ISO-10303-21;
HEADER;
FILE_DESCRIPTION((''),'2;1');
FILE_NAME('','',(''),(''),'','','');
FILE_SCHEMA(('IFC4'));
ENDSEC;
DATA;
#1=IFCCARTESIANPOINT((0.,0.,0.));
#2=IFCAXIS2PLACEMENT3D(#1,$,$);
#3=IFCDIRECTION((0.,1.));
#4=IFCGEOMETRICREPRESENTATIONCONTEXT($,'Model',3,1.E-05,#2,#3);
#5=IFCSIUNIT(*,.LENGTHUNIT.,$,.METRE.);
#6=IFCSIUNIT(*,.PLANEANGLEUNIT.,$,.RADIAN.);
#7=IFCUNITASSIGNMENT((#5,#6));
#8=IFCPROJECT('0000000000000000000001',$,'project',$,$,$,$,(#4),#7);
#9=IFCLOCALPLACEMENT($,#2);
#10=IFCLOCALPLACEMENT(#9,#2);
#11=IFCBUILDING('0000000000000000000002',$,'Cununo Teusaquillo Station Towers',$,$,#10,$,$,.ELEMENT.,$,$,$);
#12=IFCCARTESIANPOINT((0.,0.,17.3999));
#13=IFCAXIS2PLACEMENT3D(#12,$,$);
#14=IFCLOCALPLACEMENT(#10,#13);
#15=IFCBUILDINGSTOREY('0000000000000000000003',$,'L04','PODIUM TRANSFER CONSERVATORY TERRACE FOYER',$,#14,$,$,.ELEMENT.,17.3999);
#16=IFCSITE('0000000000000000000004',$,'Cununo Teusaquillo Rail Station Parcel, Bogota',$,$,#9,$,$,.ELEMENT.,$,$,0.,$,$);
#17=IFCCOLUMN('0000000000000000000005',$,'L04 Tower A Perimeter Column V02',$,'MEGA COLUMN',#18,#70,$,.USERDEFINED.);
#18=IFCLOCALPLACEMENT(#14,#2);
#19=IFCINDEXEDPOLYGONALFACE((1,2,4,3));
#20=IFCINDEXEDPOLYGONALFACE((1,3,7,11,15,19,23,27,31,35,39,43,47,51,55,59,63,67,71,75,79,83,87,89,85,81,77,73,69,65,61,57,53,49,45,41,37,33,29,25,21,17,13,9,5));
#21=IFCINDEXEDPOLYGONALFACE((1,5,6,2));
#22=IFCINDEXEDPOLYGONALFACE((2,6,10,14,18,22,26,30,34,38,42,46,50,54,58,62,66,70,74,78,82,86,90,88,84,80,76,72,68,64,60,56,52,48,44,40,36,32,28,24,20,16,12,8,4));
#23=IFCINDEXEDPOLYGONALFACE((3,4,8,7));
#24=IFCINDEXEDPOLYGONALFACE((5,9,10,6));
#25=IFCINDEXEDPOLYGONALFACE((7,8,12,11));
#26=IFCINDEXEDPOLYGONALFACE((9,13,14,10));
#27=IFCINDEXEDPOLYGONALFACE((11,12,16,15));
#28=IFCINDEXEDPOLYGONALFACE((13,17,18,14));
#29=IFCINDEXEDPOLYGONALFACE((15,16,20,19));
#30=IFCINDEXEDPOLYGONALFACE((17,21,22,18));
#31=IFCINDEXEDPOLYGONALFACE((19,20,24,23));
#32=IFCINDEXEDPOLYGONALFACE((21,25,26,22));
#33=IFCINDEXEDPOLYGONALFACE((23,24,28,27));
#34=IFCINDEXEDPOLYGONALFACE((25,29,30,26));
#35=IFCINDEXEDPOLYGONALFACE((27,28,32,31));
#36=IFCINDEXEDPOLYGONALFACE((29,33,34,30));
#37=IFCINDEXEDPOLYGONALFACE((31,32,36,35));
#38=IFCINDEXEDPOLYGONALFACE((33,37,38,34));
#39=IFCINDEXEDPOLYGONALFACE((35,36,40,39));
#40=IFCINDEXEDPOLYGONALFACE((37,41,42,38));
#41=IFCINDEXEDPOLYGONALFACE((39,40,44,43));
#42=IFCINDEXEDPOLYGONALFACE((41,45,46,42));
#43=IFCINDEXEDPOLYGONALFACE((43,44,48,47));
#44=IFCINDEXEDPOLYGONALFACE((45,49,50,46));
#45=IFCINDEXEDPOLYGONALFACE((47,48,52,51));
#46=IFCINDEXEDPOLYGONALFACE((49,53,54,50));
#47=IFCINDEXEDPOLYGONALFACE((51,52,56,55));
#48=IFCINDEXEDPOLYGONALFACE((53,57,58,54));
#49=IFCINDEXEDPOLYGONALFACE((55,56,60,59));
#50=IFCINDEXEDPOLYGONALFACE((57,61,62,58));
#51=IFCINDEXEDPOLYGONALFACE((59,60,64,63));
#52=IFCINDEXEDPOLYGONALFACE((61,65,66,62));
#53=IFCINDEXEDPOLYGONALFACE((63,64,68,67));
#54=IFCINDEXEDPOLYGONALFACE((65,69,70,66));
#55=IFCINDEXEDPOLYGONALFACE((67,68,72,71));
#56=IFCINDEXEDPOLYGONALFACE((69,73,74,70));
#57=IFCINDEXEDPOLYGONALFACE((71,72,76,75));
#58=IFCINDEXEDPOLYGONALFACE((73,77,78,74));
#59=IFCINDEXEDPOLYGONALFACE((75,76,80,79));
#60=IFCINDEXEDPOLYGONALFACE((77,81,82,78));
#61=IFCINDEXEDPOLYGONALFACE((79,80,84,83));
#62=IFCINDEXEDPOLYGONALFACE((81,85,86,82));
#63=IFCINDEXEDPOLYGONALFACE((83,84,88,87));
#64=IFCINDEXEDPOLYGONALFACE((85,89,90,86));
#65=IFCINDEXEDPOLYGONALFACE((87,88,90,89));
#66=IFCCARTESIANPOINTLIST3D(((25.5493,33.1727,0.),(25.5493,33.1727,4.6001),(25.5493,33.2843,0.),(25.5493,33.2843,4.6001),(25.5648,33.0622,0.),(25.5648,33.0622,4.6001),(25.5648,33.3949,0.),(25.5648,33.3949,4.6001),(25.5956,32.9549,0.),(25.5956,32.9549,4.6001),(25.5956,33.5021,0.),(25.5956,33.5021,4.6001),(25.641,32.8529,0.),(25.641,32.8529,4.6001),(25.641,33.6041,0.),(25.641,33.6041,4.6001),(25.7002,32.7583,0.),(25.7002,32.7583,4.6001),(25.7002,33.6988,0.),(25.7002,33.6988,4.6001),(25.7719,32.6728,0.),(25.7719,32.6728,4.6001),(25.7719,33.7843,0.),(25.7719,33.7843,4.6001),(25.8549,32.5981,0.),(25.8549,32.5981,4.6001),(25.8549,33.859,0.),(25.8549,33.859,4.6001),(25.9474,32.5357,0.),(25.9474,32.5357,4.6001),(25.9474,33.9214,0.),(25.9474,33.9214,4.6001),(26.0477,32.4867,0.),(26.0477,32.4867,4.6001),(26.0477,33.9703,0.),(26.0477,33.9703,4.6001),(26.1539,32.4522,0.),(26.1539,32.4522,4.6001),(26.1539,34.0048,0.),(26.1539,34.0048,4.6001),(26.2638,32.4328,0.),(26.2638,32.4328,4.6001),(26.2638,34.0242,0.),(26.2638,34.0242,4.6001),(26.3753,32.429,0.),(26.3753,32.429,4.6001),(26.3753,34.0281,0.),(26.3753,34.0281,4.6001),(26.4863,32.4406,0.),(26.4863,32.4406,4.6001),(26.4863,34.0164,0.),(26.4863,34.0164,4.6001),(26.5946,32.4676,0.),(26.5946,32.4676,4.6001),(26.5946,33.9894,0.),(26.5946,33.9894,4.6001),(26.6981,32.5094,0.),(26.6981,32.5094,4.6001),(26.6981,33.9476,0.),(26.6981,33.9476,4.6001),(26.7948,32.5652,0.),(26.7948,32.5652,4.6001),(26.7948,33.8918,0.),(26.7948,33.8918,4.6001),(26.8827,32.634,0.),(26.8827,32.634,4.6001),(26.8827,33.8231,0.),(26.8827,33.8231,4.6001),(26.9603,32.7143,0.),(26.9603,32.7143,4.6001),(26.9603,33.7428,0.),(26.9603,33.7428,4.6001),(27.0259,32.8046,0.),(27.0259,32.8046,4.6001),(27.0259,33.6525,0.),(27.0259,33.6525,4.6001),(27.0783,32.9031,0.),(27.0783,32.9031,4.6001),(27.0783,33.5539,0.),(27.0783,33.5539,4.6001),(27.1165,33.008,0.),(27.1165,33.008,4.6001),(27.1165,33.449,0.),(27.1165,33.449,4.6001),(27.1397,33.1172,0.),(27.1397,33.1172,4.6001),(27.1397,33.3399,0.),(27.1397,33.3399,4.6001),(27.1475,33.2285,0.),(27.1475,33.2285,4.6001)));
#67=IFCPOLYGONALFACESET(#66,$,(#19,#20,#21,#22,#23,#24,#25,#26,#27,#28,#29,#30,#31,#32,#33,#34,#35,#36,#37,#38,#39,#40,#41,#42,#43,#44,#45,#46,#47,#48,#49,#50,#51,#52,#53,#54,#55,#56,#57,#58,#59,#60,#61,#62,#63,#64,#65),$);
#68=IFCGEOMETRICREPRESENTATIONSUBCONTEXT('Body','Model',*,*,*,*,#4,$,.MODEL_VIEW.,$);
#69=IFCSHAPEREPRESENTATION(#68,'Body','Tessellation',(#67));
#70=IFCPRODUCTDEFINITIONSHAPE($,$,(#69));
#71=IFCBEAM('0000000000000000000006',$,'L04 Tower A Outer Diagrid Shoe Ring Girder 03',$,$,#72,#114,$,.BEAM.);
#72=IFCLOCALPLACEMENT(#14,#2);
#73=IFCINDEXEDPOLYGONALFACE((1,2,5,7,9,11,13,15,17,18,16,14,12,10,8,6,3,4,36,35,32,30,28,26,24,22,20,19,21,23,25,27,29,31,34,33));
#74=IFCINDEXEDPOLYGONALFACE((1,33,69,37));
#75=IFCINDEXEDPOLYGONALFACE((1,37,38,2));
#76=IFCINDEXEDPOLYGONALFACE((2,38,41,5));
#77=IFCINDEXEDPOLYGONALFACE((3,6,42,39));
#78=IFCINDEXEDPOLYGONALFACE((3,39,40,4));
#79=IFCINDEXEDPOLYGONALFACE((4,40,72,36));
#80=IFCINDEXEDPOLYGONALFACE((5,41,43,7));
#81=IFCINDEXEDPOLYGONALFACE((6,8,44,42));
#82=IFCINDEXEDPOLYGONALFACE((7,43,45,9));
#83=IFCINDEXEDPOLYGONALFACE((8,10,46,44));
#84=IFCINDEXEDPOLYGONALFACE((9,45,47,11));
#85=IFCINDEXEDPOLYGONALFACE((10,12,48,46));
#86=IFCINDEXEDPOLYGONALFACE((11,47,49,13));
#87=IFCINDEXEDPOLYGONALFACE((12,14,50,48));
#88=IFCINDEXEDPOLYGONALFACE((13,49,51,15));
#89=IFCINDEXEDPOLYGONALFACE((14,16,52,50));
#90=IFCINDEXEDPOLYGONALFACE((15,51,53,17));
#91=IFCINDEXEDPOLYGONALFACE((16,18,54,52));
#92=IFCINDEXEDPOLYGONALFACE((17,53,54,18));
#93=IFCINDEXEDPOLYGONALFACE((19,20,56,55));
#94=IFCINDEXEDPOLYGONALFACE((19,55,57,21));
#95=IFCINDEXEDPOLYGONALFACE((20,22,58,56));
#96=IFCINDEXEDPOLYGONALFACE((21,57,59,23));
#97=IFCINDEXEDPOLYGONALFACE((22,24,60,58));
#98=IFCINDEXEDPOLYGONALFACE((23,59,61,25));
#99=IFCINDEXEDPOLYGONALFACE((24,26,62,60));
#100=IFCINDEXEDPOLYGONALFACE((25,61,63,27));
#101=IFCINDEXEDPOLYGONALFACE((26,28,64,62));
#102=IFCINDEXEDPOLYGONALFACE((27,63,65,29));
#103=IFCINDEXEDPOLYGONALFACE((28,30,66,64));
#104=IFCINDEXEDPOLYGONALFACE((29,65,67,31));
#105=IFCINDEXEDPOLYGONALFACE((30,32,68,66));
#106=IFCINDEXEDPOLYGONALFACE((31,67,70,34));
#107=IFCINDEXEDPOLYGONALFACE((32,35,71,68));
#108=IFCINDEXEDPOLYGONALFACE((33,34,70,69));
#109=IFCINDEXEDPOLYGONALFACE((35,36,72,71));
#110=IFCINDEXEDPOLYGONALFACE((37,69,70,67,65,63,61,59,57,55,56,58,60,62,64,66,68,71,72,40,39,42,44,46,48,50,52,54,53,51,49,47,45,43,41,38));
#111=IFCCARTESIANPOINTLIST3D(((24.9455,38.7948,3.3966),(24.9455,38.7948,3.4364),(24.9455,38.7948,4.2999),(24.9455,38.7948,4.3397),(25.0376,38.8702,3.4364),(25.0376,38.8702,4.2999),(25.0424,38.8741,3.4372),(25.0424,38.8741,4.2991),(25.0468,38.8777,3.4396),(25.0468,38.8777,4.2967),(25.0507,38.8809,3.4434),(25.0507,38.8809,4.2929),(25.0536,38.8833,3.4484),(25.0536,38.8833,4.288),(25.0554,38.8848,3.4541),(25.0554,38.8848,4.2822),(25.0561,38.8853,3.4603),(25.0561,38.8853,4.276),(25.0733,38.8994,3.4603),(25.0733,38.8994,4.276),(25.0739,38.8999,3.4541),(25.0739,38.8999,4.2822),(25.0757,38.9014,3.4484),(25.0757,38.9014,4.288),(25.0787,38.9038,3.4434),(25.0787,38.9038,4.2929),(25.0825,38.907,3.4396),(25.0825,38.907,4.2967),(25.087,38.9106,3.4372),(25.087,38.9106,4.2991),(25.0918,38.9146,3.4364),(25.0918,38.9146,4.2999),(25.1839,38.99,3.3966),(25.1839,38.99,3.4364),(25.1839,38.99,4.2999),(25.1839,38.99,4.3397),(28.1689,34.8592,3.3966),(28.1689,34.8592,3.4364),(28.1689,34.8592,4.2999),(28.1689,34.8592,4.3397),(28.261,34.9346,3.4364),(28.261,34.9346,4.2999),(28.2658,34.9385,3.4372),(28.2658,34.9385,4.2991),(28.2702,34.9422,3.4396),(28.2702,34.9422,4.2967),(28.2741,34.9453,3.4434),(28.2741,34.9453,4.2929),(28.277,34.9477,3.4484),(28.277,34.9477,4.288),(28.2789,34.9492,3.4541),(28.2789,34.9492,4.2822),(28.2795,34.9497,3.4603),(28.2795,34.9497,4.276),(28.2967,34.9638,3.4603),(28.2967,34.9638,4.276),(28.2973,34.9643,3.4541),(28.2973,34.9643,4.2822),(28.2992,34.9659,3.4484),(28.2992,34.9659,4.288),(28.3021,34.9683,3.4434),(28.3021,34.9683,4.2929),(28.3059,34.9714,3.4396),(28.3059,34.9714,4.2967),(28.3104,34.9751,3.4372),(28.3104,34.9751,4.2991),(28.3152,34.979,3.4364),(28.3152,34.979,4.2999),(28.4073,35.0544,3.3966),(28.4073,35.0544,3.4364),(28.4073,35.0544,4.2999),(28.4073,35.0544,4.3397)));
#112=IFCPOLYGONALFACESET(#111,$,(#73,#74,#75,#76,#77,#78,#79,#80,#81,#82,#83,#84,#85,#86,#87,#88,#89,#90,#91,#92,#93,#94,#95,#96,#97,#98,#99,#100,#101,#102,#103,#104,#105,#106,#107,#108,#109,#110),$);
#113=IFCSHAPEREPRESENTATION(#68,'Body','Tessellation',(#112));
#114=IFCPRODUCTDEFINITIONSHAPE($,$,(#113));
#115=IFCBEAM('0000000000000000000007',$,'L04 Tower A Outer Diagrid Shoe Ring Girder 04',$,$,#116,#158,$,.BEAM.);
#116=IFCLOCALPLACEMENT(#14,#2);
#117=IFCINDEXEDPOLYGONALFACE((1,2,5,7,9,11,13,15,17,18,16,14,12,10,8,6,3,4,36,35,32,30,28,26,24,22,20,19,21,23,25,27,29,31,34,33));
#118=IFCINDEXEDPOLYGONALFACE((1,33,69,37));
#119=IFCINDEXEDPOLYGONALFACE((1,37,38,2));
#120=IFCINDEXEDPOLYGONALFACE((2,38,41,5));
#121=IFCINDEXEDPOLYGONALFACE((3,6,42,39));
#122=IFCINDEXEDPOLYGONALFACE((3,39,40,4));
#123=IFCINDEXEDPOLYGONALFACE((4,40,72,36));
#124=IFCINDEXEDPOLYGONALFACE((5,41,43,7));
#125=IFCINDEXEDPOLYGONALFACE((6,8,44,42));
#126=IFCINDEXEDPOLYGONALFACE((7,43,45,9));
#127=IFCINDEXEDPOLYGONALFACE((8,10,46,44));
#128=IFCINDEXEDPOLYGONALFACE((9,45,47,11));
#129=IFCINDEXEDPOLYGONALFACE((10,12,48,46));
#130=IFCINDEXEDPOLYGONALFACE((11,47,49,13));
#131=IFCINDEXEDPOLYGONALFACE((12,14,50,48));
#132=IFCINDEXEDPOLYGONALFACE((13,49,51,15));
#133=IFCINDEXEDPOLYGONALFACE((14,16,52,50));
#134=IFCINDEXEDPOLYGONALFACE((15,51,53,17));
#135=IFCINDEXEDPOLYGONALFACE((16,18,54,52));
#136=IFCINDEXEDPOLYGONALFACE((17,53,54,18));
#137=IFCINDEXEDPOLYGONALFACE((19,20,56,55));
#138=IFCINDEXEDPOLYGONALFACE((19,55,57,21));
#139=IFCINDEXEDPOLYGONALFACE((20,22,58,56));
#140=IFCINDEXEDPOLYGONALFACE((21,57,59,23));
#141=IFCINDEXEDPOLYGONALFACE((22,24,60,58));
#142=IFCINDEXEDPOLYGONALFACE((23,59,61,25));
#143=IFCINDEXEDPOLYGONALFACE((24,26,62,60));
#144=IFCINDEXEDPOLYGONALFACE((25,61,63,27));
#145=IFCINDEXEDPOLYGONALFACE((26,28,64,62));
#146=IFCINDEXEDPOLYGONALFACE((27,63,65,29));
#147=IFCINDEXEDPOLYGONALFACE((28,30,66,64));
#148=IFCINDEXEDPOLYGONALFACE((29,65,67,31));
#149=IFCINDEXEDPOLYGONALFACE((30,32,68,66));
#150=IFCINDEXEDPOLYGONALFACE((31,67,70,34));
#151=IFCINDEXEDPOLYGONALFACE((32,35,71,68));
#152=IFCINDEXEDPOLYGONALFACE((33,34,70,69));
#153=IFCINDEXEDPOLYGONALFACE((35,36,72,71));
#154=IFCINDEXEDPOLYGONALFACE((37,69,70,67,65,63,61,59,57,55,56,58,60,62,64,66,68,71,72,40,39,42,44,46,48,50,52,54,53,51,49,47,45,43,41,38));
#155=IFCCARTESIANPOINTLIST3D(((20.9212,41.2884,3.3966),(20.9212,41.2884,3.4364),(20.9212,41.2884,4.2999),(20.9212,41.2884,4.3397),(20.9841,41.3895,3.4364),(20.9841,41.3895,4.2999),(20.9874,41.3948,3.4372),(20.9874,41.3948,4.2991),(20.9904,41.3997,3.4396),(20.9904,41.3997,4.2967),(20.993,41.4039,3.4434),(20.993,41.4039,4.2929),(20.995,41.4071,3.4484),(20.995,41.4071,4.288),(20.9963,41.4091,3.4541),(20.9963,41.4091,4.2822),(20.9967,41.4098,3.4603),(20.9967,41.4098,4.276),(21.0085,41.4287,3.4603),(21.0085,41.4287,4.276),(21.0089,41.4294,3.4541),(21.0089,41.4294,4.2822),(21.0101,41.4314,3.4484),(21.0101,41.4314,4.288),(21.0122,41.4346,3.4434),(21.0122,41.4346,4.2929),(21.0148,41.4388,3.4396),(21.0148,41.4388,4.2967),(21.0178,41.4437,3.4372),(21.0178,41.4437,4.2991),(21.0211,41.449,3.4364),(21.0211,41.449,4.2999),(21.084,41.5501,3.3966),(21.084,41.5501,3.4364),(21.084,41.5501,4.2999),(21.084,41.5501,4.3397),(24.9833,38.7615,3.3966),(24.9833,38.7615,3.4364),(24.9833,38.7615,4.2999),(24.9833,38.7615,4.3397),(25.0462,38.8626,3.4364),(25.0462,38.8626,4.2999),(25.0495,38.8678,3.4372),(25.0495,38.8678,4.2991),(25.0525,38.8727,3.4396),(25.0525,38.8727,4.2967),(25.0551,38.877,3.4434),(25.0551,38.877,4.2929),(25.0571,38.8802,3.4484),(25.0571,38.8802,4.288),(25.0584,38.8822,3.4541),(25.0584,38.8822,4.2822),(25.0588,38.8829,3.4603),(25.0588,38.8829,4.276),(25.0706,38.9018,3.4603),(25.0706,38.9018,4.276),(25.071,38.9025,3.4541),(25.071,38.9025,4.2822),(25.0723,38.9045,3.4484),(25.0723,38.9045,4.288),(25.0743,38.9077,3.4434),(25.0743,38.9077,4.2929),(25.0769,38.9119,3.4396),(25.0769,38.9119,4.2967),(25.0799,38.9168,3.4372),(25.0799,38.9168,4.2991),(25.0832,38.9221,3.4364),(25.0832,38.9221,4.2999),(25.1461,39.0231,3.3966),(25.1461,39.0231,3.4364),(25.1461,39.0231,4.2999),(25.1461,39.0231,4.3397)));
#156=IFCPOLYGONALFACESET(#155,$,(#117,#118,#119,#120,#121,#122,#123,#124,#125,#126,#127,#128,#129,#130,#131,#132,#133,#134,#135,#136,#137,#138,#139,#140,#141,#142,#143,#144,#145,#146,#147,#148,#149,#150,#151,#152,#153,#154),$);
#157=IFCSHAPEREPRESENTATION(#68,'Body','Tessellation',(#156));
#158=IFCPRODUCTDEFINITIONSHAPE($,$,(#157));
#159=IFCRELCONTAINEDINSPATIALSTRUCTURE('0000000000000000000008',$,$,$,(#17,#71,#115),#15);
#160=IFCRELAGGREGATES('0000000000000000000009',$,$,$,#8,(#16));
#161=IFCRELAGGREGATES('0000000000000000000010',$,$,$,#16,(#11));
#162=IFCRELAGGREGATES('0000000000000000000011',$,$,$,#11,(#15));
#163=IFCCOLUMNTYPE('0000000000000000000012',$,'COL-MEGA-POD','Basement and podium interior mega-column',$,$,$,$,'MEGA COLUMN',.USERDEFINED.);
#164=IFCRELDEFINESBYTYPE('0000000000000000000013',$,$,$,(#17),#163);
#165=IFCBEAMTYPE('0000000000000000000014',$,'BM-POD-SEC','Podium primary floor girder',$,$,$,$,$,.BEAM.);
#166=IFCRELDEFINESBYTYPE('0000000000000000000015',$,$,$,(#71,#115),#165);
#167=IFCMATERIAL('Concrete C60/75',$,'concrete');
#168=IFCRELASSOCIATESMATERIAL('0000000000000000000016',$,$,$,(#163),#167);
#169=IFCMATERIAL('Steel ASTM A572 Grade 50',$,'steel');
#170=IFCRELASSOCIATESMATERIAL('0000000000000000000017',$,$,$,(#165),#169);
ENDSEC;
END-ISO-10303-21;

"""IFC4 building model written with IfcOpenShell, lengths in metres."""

from ifc_helpers import new_model, si_unit, direction, frame, origin, origin_2d, place, context, subcontext, project, spatial, circle, i_section, extrude, material, material_profile, profile_set, type_object, element, save


model = new_model("IFC4")

# Units and contexts
model_context = context("Model", 3, precision=1e-05, world=origin(), true_north=direction((0.0, 1.0)))
body_context = subcontext(model_context, "Body", "Model", "MODEL_VIEW")
ifc_project = project(units=[si_unit("LENGTHUNIT", "METRE"), si_unit("PLANEANGLEUNIT", "RADIAN")], contexts=[model_context])

# Site, building, storey
site_placement = place(None, origin())
site = spatial("IfcSite", under=ifc_project, at=site_placement, Name="Cununo Teusaquillo Rail Station Parcel, Bogota", CompositionType="ELEMENT", RefElevation=0.0)
building_placement = place(site_placement, origin())
building = spatial("IfcBuilding", under=site, at=building_placement, Name="Cununo Teusaquillo Station Towers", CompositionType="ELEMENT")
storey_placement = place(building_placement, frame((0.0, 0.0, 17.3999)))
storey = spatial("IfcBuildingStorey", under=building, at=storey_placement, Name="L04", Description="PODIUM TRANSFER CONSERVATORY TERRACE FOYER", CompositionType="ELEMENT", Elevation=17.3999)

# Column
ifc_material_1 = material(Name="Concrete C60/75", Category="concrete")
ifc_material_profile_1 = material_profile(ifc_material_1, circle(Radius=0.8, at=origin_2d()), Name="RC-CIRC-1600")
ifc_profile_set_1 = profile_set([ifc_material_profile_1], Name="Concrete C60/75")
column_type = type_object("IfcColumnType", Name="COL-MEGA-POD", Description="Basement and podium interior mega-column", ElementType="MEGA COLUMN", PredefinedType="USERDEFINED", material=ifc_profile_set_1)
column_placement = place(storey_placement, frame((26.3474, 33.2285, 0.0), z_axis=(0.0, 0.0, 1.0), x_axis=(1.0, 0.0, 0.0)))
element("IfcColumn", 1, at=column_placement, inside=storey, type_object=column_type, Name="L04 Tower A Perimeter Column V02", ObjectType="MEGA COLUMN", PredefinedType="USERDEFINED", context=body_context, shape_type="SweptSolid", body=[
    extrude(circle(Radius=0.8, at=origin_2d()), origin(), (0.0, 0.0, 1.0), 4.6001),
])

# Beams
ifc_material_2 = material(Name="Steel ASTM A572 Grade 50", Category="steel")
ifc_material_profile_2 = material_profile(ifc_material_2, i_section(OverallWidth=0.3081, OverallDepth=0.9431, WebThickness=0.0222, FlangeThickness=0.0398, FilletRadius=0.0239, at=origin_2d()), Name="W36X232")
ifc_profile_set_2 = profile_set([ifc_material_profile_2], Name="Steel ASTM A572 Grade 50")
beam_type_1 = type_object("IfcBeamType", Name="BM-POD-SEC", Description="Podium primary floor girder", PredefinedType="BEAM", material=ifc_profile_set_2)
beam_1_placement = place(storey_placement, frame((28.2881, 34.9568, 3.8682), z_axis=(-0.633638, 0.77363, 0.0), x_axis=(-0.77363, -0.633638, 0.0)))
element("IfcBeam", 2, at=beam_1_placement, inside=storey, type_object=beam_type_1, Name="L04 Tower A Outer Diagrid Shoe Ring Girder 03", PredefinedType="BEAM", context=body_context, shape_type="SweptSolid", body=[
    extrude(i_section(OverallWidth=0.3081, OverallDepth=0.9431, WebThickness=0.0222, FlangeThickness=0.0398, FilletRadius=0.0239, at=origin_2d()), origin(), (0.0, 0.0, 1.0), 5.0872),
])
beam_2_placement = place(storey_placement, frame((25.0647, 38.8923, 3.8682), z_axis=(-0.849115, 0.528209, 0.0), x_axis=(-0.528209, -0.849115, 0.0)))
element("IfcBeam", 3, at=beam_2_placement, inside=storey, type_object=beam_type_1, Name="L04 Tower A Outer Diagrid Shoe Ring Girder 04", PredefinedType="BEAM", context=body_context, shape_type="SweptSolid", body=[
    extrude(i_section(OverallWidth=0.3081, OverallDepth=0.9431, WebThickness=0.0222, FlangeThickness=0.0398, FilletRadius=0.0239, at=origin_2d()), origin(), (0.0, 0.0, 1.0), 4.7839),
])

save(model, "model.ifc")
